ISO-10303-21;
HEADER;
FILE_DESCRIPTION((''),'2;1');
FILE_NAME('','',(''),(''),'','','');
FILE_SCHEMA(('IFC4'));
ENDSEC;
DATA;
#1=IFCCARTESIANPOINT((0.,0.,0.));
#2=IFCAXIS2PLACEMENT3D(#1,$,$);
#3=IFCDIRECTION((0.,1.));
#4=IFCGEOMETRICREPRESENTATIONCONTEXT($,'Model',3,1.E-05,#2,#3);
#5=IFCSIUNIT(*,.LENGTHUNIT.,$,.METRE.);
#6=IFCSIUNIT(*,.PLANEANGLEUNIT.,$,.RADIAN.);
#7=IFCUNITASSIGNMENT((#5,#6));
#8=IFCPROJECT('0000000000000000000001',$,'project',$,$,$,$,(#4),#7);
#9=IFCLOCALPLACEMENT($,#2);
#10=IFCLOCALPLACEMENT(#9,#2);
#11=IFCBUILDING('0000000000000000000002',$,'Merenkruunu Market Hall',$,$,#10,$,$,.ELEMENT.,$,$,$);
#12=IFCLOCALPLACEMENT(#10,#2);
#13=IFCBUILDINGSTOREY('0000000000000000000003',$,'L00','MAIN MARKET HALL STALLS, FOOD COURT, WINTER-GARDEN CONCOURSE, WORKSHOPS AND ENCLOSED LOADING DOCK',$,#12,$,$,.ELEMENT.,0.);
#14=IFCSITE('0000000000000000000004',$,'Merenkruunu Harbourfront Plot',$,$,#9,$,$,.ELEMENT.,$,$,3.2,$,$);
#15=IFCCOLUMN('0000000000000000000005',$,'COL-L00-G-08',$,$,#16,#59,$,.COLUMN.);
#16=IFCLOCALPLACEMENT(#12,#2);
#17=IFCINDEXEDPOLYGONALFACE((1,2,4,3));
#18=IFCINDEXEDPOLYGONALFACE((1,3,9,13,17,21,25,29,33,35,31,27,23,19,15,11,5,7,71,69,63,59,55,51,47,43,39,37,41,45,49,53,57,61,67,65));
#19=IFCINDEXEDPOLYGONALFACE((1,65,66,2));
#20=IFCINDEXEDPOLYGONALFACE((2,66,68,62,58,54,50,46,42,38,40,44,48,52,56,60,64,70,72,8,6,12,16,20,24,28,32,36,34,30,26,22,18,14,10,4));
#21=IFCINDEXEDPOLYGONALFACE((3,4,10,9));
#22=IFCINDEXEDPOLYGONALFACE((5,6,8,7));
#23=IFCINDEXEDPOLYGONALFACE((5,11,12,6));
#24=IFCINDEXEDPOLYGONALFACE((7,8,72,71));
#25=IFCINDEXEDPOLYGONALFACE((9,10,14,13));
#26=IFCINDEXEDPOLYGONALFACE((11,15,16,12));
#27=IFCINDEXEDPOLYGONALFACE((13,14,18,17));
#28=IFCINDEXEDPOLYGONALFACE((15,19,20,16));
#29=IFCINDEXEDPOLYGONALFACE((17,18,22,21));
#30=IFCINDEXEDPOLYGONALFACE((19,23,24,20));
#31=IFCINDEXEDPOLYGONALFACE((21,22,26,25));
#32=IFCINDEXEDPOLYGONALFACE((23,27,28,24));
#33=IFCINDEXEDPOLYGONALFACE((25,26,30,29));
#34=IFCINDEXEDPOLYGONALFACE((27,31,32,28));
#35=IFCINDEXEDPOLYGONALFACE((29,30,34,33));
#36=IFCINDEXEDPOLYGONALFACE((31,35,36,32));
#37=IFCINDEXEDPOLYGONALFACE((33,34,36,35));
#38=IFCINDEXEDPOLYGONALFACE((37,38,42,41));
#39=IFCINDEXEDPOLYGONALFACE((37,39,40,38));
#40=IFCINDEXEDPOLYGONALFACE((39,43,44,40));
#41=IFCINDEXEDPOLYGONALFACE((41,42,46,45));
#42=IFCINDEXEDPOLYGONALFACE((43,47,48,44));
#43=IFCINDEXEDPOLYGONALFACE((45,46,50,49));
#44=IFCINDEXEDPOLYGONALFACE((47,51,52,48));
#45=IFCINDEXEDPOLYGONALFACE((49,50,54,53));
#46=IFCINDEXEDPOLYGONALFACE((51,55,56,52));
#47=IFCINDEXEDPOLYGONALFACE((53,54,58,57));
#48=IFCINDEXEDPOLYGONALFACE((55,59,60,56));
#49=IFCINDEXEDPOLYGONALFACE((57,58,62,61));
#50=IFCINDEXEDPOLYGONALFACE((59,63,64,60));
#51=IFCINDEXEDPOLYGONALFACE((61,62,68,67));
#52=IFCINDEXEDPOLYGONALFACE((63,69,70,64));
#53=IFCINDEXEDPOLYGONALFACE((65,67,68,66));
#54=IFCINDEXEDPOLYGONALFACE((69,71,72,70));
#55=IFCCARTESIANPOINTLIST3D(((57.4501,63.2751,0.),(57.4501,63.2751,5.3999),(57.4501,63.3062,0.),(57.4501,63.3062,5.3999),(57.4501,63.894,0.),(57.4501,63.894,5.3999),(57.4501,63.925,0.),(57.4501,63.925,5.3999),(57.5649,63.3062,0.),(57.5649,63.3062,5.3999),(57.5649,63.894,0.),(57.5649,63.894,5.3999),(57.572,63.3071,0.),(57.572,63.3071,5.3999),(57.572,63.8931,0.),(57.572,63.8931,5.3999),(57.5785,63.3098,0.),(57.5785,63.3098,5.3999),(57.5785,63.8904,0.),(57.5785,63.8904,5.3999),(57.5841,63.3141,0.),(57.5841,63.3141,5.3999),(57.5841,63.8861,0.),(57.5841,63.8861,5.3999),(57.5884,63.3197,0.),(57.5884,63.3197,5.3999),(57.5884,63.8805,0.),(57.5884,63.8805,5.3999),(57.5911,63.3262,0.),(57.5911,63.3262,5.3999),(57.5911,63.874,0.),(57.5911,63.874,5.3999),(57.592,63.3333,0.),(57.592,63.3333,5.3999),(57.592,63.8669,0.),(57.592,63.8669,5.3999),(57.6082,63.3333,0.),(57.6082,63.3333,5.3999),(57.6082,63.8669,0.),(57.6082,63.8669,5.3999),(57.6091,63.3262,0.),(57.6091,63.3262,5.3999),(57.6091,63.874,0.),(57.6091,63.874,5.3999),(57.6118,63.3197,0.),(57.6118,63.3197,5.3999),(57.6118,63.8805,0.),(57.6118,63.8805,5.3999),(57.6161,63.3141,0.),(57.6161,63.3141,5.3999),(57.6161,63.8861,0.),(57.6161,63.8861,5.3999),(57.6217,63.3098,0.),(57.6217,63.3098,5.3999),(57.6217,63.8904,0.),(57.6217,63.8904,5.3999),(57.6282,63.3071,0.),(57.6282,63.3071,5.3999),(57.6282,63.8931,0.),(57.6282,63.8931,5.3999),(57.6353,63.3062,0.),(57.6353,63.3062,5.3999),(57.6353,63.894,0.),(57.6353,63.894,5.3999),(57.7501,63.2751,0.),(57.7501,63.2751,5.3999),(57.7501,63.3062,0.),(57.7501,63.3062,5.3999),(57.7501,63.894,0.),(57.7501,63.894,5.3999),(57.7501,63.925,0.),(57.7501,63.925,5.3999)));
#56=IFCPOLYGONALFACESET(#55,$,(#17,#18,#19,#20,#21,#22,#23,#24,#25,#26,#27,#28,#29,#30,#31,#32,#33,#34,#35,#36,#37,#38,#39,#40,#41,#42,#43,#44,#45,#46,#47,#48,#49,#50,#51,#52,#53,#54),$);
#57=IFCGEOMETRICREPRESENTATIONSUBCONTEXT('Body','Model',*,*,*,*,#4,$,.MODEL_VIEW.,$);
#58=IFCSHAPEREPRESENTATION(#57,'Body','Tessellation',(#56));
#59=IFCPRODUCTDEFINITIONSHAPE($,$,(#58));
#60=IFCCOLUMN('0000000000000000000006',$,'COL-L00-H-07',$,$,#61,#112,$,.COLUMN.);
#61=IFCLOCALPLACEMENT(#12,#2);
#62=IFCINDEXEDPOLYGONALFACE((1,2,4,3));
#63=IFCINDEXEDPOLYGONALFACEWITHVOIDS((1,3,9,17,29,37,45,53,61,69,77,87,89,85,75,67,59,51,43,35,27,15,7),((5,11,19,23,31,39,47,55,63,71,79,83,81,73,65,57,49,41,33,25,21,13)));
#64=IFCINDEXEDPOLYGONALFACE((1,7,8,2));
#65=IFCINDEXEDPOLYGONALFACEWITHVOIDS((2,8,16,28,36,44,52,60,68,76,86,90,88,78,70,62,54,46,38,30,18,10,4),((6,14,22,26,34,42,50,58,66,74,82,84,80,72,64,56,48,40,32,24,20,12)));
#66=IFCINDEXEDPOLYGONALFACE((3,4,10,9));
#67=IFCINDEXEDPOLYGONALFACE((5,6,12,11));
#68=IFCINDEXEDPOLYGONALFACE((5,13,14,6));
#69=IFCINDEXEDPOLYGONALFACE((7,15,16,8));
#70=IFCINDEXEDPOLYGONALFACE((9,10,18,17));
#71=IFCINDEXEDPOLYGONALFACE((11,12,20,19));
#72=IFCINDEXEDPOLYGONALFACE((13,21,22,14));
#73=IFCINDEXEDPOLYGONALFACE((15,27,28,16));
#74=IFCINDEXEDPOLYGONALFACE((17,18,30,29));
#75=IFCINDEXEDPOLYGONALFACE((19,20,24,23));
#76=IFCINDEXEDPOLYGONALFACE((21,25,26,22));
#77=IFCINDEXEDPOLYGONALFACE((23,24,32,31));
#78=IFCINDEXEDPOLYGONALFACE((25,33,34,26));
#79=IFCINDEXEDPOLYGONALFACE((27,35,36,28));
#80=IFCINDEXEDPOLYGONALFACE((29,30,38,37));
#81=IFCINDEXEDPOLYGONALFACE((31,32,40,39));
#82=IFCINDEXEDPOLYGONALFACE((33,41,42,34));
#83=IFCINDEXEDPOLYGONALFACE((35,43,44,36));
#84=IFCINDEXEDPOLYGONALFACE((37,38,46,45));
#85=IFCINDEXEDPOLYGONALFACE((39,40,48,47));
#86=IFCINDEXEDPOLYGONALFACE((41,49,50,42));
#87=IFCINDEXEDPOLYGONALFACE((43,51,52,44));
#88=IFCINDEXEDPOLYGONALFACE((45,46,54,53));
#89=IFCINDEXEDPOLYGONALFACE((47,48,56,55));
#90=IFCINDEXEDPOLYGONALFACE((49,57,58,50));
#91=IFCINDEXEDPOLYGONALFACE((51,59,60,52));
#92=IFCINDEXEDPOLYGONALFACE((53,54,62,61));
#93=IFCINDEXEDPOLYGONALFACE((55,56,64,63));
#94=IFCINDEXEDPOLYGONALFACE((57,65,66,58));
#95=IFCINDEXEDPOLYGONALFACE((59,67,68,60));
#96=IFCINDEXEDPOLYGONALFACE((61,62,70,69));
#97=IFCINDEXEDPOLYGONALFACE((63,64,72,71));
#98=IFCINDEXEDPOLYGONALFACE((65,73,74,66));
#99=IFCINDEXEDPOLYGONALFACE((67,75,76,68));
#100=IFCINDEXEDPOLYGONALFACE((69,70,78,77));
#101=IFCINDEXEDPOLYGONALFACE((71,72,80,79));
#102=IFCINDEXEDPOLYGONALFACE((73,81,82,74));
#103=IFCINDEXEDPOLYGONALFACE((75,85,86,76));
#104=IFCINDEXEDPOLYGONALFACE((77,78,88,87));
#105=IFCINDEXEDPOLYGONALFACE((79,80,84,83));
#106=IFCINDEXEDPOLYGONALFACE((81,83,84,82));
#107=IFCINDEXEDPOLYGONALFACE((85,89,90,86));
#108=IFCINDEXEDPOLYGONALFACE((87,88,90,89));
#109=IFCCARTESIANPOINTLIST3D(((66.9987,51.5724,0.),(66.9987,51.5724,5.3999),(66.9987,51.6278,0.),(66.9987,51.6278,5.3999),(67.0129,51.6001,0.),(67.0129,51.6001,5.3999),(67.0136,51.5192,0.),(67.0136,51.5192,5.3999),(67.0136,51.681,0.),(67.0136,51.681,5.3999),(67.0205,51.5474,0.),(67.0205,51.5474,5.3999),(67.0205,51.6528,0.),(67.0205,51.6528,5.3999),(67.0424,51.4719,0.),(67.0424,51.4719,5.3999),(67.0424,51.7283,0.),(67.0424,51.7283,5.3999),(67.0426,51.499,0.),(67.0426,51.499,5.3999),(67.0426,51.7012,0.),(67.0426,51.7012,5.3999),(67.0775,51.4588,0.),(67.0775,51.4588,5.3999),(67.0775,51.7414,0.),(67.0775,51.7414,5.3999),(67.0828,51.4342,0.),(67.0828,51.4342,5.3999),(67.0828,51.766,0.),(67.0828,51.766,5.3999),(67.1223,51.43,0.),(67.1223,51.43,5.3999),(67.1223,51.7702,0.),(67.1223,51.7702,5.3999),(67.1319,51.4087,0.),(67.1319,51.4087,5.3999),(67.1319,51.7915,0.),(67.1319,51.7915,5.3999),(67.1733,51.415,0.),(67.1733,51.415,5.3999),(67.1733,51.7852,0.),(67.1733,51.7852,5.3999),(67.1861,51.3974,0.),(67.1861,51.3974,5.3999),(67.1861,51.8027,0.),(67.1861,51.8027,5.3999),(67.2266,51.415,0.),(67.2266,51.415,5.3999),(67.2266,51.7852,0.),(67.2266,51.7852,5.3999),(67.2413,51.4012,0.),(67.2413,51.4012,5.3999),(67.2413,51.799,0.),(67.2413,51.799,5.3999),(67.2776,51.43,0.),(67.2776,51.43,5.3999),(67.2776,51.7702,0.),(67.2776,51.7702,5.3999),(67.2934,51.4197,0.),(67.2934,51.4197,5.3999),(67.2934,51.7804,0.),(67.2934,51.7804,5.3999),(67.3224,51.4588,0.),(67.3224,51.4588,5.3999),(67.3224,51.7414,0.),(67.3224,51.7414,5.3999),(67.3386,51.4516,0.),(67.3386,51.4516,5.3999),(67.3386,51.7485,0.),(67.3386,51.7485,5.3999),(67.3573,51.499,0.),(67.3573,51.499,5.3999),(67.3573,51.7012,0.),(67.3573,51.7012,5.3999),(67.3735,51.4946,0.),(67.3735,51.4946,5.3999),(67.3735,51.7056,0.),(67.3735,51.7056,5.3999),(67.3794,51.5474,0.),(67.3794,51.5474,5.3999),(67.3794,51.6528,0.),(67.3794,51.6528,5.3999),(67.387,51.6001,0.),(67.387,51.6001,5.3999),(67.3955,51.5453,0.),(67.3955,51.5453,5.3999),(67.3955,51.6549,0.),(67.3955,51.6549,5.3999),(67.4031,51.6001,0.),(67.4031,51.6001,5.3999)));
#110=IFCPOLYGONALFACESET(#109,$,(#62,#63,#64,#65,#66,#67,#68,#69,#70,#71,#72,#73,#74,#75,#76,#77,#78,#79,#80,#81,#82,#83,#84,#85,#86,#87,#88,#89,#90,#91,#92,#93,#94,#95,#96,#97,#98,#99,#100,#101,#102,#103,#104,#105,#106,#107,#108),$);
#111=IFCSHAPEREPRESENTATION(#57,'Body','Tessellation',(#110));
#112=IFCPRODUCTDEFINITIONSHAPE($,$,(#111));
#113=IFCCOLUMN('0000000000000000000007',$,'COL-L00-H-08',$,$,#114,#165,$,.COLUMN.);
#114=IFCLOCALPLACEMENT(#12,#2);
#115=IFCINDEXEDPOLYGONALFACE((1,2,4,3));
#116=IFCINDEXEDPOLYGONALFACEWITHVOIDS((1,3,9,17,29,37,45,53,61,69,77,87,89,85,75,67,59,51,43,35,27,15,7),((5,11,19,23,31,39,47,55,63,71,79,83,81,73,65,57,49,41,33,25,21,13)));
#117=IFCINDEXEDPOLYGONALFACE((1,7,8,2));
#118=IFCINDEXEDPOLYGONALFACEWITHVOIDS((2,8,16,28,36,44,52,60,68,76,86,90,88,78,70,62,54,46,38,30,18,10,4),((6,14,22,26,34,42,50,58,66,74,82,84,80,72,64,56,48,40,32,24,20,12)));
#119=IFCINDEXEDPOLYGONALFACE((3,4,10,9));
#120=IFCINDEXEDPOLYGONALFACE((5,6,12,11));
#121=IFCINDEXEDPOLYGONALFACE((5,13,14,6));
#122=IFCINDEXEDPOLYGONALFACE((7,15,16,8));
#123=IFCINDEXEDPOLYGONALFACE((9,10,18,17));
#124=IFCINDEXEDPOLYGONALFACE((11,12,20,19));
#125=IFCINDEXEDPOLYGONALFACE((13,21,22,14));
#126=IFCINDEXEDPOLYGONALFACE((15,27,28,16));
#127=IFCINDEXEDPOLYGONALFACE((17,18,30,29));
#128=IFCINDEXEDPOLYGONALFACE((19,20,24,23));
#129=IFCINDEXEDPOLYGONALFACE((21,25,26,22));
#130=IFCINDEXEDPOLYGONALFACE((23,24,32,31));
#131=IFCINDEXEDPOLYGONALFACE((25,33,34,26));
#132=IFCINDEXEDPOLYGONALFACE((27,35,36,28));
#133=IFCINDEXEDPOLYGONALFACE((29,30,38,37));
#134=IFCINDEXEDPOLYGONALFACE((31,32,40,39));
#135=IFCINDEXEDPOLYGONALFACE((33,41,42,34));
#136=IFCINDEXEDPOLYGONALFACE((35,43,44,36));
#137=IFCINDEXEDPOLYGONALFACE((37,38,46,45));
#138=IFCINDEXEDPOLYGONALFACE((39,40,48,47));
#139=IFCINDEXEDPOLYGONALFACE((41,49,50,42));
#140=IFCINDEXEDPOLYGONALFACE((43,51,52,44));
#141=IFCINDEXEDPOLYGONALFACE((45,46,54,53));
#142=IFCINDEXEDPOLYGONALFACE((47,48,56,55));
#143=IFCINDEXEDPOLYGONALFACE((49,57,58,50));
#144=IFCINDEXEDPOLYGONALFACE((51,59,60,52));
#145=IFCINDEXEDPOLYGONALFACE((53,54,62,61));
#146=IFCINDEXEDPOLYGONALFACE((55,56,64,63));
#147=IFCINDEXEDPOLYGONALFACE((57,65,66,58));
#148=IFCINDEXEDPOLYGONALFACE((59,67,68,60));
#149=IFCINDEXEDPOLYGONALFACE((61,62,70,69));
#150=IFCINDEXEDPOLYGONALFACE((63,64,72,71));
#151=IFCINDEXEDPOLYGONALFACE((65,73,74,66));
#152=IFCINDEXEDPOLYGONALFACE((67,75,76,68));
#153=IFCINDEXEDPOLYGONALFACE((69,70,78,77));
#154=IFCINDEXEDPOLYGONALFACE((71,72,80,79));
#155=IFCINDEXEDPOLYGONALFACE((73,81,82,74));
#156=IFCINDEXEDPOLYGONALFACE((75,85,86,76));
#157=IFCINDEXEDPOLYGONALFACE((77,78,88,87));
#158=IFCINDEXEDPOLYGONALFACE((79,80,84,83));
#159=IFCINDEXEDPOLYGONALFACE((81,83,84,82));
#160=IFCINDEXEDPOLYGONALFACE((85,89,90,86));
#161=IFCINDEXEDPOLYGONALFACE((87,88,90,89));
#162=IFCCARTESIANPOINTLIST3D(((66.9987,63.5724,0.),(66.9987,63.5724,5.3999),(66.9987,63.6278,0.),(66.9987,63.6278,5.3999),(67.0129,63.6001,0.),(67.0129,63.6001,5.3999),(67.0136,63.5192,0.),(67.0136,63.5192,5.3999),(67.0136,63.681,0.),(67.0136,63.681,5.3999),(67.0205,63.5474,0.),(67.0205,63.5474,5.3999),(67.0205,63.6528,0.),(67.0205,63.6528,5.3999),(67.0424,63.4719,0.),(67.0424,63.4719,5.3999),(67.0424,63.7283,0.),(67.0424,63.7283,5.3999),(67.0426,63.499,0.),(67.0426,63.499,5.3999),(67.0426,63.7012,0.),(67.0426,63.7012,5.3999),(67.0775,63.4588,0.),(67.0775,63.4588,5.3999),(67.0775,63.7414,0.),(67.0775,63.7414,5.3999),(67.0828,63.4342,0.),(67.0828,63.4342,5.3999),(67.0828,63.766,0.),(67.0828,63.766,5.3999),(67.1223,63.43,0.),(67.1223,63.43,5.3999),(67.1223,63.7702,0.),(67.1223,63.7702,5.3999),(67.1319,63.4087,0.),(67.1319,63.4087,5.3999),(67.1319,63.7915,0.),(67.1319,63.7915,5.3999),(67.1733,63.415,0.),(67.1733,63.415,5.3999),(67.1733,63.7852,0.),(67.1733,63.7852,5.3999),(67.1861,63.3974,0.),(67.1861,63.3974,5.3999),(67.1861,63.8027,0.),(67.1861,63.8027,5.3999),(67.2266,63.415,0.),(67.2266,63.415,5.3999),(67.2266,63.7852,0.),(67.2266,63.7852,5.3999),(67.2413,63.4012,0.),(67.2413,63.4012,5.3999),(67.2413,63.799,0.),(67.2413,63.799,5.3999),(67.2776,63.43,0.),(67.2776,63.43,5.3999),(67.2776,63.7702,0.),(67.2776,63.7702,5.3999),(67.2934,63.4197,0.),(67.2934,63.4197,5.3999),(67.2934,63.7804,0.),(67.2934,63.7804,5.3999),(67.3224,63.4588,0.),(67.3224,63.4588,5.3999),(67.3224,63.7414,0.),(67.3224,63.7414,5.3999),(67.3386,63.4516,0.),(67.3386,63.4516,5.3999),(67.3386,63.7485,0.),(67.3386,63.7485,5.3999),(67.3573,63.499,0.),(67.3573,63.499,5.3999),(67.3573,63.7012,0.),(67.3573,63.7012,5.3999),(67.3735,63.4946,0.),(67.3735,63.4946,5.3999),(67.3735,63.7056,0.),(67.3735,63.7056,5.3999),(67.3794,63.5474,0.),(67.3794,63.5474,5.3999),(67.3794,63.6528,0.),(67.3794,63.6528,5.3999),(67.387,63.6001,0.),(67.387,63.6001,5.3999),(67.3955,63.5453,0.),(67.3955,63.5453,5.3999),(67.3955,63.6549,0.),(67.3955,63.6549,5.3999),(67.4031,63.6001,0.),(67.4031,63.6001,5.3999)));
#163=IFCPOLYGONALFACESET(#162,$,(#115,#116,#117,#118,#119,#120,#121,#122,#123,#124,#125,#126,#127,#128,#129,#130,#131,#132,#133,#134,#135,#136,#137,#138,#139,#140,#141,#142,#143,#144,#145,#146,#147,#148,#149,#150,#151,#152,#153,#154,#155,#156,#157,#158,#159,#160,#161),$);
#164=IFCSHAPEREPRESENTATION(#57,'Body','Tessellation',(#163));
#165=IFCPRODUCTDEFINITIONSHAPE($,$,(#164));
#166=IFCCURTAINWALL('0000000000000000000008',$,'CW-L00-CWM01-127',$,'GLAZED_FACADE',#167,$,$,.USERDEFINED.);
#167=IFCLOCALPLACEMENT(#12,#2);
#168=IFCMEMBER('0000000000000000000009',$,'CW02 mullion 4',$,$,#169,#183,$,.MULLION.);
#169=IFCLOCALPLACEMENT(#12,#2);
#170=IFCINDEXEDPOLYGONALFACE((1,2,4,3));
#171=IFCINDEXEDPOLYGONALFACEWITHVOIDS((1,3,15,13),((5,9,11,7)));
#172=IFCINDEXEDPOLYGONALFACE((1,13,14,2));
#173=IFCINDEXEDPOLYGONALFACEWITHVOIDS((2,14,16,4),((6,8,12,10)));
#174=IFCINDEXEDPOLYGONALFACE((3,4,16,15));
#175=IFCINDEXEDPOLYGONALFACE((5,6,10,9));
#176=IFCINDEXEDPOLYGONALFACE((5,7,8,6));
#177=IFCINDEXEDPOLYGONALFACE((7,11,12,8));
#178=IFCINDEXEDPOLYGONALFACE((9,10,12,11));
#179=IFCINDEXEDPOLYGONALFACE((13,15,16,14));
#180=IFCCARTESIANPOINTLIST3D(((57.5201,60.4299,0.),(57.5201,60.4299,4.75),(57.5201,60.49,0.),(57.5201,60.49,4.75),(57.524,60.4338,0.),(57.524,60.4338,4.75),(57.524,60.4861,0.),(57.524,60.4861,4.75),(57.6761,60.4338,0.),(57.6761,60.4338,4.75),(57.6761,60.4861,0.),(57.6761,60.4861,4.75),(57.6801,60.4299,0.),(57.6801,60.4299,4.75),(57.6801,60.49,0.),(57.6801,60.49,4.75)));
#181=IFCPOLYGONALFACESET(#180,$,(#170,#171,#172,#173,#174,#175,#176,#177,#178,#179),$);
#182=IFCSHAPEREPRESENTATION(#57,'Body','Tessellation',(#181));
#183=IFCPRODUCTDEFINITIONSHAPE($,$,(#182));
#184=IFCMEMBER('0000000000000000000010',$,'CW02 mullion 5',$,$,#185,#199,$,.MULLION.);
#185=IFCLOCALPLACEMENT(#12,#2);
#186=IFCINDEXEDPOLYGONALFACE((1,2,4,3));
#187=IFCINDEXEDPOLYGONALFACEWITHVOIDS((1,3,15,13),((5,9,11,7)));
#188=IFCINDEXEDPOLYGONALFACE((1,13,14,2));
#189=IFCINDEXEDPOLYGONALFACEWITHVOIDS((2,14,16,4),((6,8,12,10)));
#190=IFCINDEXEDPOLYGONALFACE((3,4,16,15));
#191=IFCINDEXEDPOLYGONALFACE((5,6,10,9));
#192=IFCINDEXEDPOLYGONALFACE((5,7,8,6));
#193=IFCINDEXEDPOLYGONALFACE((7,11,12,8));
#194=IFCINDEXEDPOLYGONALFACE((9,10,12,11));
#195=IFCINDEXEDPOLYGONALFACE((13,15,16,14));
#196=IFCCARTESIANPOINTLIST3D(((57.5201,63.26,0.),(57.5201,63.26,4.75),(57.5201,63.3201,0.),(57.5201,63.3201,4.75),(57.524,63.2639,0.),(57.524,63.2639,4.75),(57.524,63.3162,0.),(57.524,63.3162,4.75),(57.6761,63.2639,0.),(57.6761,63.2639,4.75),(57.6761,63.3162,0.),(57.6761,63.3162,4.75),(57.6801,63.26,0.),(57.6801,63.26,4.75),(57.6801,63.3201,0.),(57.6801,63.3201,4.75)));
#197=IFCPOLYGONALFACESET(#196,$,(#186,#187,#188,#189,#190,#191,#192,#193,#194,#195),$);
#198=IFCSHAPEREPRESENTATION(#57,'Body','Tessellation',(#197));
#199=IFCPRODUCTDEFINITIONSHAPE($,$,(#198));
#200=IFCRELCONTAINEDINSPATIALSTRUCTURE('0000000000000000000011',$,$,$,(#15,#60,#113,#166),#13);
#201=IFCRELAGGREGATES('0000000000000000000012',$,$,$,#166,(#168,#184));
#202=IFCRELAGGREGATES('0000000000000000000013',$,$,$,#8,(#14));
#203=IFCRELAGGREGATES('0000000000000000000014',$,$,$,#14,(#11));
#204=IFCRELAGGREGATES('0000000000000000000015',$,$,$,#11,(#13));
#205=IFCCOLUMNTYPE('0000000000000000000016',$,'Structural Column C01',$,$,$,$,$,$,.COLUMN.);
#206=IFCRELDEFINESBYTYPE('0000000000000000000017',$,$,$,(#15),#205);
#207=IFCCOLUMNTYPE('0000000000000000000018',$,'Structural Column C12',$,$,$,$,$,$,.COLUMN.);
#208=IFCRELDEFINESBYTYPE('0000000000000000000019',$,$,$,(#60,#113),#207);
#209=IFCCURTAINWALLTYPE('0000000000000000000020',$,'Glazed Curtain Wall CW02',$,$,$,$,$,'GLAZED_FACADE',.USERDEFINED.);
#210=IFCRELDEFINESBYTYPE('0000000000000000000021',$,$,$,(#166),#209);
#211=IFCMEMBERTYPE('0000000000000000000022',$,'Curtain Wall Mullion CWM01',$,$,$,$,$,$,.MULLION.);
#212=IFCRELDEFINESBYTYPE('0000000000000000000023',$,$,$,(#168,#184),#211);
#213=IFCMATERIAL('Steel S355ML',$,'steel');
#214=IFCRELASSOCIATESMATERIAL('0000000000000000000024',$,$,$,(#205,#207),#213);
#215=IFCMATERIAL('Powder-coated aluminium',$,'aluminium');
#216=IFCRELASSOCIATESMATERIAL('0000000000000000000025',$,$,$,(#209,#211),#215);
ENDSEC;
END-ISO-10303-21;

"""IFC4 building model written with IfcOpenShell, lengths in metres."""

from ifc_helpers import new_model, si_unit, direction, frame, origin, origin_2d, place, context, subcontext, project, spatial, hollow_rectangle, hollow_circle, i_section, extrude, material, material_profile, profile_set, type_object, element, aggregate, save


model = new_model("IFC4")

# Units and contexts
model_context = context("Model", 3, precision=1e-05, world=origin(), true_north=direction((0.0, 1.0)))
body_context = subcontext(model_context, "Body", "Model", "MODEL_VIEW")
ifc_project = project(units=[si_unit("LENGTHUNIT", "METRE"), si_unit("PLANEANGLEUNIT", "RADIAN")], contexts=[model_context])

# Site, building, storey
site_placement = place(None, origin())
site = spatial("IfcSite", under=ifc_project, at=site_placement, Name="Merenkruunu Harbourfront Plot", CompositionType="ELEMENT", RefElevation=3.2)
building_placement = place(site_placement, origin())
building = spatial("IfcBuilding", under=site, at=building_placement, Name="Merenkruunu Market Hall", CompositionType="ELEMENT")
storey_placement = place(building_placement, origin())
storey = spatial("IfcBuildingStorey", under=building, at=storey_placement, Name="L00", Description="MAIN MARKET HALL STALLS, FOOD COURT, WINTER-GARDEN CONCOURSE, WORKSHOPS AND ENCLOSED LOADING DOCK", CompositionType="ELEMENT", Elevation=0.0)

# Columns
ifc_material_1 = material(Name="Steel S355ML", Category="steel")
ifc_material_profile_1 = material_profile(ifc_material_1, i_section(OverallWidth=0.3, OverallDepth=0.6499, WebThickness=0.0161, FlangeThickness=0.031, FilletRadius=0.0271, at=origin_2d()), Name="HEB 650")
ifc_profile_set_1 = profile_set([ifc_material_profile_1], Name="Steel S355ML")
column_type_1 = type_object("IfcColumnType", Name="Structural Column C01", PredefinedType="COLUMN", material=ifc_profile_set_1)
column_placement = place(storey_placement, frame((57.6001, 63.6001, 0.0), z_axis=(0.0, 0.0, 1.0), x_axis=(1.0, 0.0, 0.0)))
element("IfcColumn", 1, at=column_placement, inside=storey, type_object=column_type_1, Name="COL-L00-G-08", PredefinedType="COLUMN", context=body_context, shape_type="SweptSolid", body=[
    extrude(i_section(OverallWidth=0.3, OverallDepth=0.6499, WebThickness=0.0161, FlangeThickness=0.031, FilletRadius=0.0271, at=origin_2d()), origin(), (0.0, 0.0, 1.0), 5.3999),
])
ifc_material_profile_2 = material_profile(ifc_material_1, hollow_circle(Radius=0.2031, WallThickness=0.0161, at=origin_2d()), Name="CHS 406.4x16")
ifc_profile_set_2 = profile_set([ifc_material_profile_2], Name="Steel S355ML")
column_type_2 = type_object("IfcColumnType", Name="Structural Column C12", PredefinedType="COLUMN", material=ifc_profile_set_2)
for number, where, z_axis, x_axis, name in (
    (2, (67.2, 51.6001, 0.0), (0.0, 0.0, 1.0), (1.0, 0.0, 0.0), "COL-L00-H-07"),
    (3, (67.2, 63.6001, 0.0), (0.0, 0.0, 1.0), (1.0, 0.0, 0.0), "COL-L00-H-08"),
):
    element("IfcColumn", number, at=place(storey_placement, frame(where, z_axis=z_axis, x_axis=x_axis)), inside=storey, type_object=column_type_2, Name=name, PredefinedType="COLUMN", context=body_context, shape_type="SweptSolid", body=[
        extrude(hollow_circle(Radius=0.2031, WallThickness=0.0161, at=origin_2d()), origin(), (0.0, 0.0, 1.0), 5.3999),
    ])

# Curtain wall, members
ifc_material_2 = material(Name="Powder-coated aluminium", Category="aluminium")
curtain_wall_type_1 = type_object("IfcCurtainWallType", Name="Glazed Curtain Wall CW02", ElementType="GLAZED_FACADE", PredefinedType="USERDEFINED", material=ifc_material_2)
curtain_wall_1_placement = place(storey_placement, origin())
curtain_wall_1 = element("IfcCurtainWall", 4, at=curtain_wall_1_placement, inside=storey, type_object=curtain_wall_type_1, Name="CW-L00-CWM01-127", ObjectType="GLAZED_FACADE", PredefinedType="USERDEFINED")
ifc_material_profile_3 = material_profile(ifc_material_2, hollow_rectangle(XDim=0.0601, YDim=0.1599, WallThickness=0.0039, at=origin_2d()), Name="ALU 60x160x4")
ifc_profile_set_3 = profile_set([ifc_material_profile_3], Name="Powder-coated aluminium")
member_type_1 = type_object("IfcMemberType", Name="Curtain Wall Mullion CWM01", PredefinedType="MULLION", material=ifc_profile_set_3)
member_1_placement = place(storey_placement, frame((57.6001, 60.46, 0.0), z_axis=(0.0, 0.0, 1.0), x_axis=(0.0, 1.0, 0.0)))
member_1 = element("IfcMember", 5, at=member_1_placement, type_object=member_type_1, Name="CW02 mullion 4", PredefinedType="MULLION", context=body_context, shape_type="SweptSolid", body=[
    extrude(hollow_rectangle(XDim=0.0601, YDim=0.1599, WallThickness=0.0039, at=origin_2d()), origin(), (0.0, 0.0, 1.0), 4.75),
])
member_2_placement = place(storey_placement, frame((57.6001, 63.29, 0.0), z_axis=(0.0, 0.0, 1.0), x_axis=(0.0, 1.0, 0.0)))
member_2 = element("IfcMember", 6, at=member_2_placement, type_object=member_type_1, Name="CW02 mullion 5", PredefinedType="MULLION", context=body_context, shape_type="SweptSolid", body=[
    extrude(hollow_rectangle(XDim=0.0601, YDim=0.1599, WallThickness=0.0039, at=origin_2d()), origin(), (0.0, 0.0, 1.0), 4.75),
])

aggregate(curtain_wall_1, [member_1, member_2])

save(model, "model.ifc")
